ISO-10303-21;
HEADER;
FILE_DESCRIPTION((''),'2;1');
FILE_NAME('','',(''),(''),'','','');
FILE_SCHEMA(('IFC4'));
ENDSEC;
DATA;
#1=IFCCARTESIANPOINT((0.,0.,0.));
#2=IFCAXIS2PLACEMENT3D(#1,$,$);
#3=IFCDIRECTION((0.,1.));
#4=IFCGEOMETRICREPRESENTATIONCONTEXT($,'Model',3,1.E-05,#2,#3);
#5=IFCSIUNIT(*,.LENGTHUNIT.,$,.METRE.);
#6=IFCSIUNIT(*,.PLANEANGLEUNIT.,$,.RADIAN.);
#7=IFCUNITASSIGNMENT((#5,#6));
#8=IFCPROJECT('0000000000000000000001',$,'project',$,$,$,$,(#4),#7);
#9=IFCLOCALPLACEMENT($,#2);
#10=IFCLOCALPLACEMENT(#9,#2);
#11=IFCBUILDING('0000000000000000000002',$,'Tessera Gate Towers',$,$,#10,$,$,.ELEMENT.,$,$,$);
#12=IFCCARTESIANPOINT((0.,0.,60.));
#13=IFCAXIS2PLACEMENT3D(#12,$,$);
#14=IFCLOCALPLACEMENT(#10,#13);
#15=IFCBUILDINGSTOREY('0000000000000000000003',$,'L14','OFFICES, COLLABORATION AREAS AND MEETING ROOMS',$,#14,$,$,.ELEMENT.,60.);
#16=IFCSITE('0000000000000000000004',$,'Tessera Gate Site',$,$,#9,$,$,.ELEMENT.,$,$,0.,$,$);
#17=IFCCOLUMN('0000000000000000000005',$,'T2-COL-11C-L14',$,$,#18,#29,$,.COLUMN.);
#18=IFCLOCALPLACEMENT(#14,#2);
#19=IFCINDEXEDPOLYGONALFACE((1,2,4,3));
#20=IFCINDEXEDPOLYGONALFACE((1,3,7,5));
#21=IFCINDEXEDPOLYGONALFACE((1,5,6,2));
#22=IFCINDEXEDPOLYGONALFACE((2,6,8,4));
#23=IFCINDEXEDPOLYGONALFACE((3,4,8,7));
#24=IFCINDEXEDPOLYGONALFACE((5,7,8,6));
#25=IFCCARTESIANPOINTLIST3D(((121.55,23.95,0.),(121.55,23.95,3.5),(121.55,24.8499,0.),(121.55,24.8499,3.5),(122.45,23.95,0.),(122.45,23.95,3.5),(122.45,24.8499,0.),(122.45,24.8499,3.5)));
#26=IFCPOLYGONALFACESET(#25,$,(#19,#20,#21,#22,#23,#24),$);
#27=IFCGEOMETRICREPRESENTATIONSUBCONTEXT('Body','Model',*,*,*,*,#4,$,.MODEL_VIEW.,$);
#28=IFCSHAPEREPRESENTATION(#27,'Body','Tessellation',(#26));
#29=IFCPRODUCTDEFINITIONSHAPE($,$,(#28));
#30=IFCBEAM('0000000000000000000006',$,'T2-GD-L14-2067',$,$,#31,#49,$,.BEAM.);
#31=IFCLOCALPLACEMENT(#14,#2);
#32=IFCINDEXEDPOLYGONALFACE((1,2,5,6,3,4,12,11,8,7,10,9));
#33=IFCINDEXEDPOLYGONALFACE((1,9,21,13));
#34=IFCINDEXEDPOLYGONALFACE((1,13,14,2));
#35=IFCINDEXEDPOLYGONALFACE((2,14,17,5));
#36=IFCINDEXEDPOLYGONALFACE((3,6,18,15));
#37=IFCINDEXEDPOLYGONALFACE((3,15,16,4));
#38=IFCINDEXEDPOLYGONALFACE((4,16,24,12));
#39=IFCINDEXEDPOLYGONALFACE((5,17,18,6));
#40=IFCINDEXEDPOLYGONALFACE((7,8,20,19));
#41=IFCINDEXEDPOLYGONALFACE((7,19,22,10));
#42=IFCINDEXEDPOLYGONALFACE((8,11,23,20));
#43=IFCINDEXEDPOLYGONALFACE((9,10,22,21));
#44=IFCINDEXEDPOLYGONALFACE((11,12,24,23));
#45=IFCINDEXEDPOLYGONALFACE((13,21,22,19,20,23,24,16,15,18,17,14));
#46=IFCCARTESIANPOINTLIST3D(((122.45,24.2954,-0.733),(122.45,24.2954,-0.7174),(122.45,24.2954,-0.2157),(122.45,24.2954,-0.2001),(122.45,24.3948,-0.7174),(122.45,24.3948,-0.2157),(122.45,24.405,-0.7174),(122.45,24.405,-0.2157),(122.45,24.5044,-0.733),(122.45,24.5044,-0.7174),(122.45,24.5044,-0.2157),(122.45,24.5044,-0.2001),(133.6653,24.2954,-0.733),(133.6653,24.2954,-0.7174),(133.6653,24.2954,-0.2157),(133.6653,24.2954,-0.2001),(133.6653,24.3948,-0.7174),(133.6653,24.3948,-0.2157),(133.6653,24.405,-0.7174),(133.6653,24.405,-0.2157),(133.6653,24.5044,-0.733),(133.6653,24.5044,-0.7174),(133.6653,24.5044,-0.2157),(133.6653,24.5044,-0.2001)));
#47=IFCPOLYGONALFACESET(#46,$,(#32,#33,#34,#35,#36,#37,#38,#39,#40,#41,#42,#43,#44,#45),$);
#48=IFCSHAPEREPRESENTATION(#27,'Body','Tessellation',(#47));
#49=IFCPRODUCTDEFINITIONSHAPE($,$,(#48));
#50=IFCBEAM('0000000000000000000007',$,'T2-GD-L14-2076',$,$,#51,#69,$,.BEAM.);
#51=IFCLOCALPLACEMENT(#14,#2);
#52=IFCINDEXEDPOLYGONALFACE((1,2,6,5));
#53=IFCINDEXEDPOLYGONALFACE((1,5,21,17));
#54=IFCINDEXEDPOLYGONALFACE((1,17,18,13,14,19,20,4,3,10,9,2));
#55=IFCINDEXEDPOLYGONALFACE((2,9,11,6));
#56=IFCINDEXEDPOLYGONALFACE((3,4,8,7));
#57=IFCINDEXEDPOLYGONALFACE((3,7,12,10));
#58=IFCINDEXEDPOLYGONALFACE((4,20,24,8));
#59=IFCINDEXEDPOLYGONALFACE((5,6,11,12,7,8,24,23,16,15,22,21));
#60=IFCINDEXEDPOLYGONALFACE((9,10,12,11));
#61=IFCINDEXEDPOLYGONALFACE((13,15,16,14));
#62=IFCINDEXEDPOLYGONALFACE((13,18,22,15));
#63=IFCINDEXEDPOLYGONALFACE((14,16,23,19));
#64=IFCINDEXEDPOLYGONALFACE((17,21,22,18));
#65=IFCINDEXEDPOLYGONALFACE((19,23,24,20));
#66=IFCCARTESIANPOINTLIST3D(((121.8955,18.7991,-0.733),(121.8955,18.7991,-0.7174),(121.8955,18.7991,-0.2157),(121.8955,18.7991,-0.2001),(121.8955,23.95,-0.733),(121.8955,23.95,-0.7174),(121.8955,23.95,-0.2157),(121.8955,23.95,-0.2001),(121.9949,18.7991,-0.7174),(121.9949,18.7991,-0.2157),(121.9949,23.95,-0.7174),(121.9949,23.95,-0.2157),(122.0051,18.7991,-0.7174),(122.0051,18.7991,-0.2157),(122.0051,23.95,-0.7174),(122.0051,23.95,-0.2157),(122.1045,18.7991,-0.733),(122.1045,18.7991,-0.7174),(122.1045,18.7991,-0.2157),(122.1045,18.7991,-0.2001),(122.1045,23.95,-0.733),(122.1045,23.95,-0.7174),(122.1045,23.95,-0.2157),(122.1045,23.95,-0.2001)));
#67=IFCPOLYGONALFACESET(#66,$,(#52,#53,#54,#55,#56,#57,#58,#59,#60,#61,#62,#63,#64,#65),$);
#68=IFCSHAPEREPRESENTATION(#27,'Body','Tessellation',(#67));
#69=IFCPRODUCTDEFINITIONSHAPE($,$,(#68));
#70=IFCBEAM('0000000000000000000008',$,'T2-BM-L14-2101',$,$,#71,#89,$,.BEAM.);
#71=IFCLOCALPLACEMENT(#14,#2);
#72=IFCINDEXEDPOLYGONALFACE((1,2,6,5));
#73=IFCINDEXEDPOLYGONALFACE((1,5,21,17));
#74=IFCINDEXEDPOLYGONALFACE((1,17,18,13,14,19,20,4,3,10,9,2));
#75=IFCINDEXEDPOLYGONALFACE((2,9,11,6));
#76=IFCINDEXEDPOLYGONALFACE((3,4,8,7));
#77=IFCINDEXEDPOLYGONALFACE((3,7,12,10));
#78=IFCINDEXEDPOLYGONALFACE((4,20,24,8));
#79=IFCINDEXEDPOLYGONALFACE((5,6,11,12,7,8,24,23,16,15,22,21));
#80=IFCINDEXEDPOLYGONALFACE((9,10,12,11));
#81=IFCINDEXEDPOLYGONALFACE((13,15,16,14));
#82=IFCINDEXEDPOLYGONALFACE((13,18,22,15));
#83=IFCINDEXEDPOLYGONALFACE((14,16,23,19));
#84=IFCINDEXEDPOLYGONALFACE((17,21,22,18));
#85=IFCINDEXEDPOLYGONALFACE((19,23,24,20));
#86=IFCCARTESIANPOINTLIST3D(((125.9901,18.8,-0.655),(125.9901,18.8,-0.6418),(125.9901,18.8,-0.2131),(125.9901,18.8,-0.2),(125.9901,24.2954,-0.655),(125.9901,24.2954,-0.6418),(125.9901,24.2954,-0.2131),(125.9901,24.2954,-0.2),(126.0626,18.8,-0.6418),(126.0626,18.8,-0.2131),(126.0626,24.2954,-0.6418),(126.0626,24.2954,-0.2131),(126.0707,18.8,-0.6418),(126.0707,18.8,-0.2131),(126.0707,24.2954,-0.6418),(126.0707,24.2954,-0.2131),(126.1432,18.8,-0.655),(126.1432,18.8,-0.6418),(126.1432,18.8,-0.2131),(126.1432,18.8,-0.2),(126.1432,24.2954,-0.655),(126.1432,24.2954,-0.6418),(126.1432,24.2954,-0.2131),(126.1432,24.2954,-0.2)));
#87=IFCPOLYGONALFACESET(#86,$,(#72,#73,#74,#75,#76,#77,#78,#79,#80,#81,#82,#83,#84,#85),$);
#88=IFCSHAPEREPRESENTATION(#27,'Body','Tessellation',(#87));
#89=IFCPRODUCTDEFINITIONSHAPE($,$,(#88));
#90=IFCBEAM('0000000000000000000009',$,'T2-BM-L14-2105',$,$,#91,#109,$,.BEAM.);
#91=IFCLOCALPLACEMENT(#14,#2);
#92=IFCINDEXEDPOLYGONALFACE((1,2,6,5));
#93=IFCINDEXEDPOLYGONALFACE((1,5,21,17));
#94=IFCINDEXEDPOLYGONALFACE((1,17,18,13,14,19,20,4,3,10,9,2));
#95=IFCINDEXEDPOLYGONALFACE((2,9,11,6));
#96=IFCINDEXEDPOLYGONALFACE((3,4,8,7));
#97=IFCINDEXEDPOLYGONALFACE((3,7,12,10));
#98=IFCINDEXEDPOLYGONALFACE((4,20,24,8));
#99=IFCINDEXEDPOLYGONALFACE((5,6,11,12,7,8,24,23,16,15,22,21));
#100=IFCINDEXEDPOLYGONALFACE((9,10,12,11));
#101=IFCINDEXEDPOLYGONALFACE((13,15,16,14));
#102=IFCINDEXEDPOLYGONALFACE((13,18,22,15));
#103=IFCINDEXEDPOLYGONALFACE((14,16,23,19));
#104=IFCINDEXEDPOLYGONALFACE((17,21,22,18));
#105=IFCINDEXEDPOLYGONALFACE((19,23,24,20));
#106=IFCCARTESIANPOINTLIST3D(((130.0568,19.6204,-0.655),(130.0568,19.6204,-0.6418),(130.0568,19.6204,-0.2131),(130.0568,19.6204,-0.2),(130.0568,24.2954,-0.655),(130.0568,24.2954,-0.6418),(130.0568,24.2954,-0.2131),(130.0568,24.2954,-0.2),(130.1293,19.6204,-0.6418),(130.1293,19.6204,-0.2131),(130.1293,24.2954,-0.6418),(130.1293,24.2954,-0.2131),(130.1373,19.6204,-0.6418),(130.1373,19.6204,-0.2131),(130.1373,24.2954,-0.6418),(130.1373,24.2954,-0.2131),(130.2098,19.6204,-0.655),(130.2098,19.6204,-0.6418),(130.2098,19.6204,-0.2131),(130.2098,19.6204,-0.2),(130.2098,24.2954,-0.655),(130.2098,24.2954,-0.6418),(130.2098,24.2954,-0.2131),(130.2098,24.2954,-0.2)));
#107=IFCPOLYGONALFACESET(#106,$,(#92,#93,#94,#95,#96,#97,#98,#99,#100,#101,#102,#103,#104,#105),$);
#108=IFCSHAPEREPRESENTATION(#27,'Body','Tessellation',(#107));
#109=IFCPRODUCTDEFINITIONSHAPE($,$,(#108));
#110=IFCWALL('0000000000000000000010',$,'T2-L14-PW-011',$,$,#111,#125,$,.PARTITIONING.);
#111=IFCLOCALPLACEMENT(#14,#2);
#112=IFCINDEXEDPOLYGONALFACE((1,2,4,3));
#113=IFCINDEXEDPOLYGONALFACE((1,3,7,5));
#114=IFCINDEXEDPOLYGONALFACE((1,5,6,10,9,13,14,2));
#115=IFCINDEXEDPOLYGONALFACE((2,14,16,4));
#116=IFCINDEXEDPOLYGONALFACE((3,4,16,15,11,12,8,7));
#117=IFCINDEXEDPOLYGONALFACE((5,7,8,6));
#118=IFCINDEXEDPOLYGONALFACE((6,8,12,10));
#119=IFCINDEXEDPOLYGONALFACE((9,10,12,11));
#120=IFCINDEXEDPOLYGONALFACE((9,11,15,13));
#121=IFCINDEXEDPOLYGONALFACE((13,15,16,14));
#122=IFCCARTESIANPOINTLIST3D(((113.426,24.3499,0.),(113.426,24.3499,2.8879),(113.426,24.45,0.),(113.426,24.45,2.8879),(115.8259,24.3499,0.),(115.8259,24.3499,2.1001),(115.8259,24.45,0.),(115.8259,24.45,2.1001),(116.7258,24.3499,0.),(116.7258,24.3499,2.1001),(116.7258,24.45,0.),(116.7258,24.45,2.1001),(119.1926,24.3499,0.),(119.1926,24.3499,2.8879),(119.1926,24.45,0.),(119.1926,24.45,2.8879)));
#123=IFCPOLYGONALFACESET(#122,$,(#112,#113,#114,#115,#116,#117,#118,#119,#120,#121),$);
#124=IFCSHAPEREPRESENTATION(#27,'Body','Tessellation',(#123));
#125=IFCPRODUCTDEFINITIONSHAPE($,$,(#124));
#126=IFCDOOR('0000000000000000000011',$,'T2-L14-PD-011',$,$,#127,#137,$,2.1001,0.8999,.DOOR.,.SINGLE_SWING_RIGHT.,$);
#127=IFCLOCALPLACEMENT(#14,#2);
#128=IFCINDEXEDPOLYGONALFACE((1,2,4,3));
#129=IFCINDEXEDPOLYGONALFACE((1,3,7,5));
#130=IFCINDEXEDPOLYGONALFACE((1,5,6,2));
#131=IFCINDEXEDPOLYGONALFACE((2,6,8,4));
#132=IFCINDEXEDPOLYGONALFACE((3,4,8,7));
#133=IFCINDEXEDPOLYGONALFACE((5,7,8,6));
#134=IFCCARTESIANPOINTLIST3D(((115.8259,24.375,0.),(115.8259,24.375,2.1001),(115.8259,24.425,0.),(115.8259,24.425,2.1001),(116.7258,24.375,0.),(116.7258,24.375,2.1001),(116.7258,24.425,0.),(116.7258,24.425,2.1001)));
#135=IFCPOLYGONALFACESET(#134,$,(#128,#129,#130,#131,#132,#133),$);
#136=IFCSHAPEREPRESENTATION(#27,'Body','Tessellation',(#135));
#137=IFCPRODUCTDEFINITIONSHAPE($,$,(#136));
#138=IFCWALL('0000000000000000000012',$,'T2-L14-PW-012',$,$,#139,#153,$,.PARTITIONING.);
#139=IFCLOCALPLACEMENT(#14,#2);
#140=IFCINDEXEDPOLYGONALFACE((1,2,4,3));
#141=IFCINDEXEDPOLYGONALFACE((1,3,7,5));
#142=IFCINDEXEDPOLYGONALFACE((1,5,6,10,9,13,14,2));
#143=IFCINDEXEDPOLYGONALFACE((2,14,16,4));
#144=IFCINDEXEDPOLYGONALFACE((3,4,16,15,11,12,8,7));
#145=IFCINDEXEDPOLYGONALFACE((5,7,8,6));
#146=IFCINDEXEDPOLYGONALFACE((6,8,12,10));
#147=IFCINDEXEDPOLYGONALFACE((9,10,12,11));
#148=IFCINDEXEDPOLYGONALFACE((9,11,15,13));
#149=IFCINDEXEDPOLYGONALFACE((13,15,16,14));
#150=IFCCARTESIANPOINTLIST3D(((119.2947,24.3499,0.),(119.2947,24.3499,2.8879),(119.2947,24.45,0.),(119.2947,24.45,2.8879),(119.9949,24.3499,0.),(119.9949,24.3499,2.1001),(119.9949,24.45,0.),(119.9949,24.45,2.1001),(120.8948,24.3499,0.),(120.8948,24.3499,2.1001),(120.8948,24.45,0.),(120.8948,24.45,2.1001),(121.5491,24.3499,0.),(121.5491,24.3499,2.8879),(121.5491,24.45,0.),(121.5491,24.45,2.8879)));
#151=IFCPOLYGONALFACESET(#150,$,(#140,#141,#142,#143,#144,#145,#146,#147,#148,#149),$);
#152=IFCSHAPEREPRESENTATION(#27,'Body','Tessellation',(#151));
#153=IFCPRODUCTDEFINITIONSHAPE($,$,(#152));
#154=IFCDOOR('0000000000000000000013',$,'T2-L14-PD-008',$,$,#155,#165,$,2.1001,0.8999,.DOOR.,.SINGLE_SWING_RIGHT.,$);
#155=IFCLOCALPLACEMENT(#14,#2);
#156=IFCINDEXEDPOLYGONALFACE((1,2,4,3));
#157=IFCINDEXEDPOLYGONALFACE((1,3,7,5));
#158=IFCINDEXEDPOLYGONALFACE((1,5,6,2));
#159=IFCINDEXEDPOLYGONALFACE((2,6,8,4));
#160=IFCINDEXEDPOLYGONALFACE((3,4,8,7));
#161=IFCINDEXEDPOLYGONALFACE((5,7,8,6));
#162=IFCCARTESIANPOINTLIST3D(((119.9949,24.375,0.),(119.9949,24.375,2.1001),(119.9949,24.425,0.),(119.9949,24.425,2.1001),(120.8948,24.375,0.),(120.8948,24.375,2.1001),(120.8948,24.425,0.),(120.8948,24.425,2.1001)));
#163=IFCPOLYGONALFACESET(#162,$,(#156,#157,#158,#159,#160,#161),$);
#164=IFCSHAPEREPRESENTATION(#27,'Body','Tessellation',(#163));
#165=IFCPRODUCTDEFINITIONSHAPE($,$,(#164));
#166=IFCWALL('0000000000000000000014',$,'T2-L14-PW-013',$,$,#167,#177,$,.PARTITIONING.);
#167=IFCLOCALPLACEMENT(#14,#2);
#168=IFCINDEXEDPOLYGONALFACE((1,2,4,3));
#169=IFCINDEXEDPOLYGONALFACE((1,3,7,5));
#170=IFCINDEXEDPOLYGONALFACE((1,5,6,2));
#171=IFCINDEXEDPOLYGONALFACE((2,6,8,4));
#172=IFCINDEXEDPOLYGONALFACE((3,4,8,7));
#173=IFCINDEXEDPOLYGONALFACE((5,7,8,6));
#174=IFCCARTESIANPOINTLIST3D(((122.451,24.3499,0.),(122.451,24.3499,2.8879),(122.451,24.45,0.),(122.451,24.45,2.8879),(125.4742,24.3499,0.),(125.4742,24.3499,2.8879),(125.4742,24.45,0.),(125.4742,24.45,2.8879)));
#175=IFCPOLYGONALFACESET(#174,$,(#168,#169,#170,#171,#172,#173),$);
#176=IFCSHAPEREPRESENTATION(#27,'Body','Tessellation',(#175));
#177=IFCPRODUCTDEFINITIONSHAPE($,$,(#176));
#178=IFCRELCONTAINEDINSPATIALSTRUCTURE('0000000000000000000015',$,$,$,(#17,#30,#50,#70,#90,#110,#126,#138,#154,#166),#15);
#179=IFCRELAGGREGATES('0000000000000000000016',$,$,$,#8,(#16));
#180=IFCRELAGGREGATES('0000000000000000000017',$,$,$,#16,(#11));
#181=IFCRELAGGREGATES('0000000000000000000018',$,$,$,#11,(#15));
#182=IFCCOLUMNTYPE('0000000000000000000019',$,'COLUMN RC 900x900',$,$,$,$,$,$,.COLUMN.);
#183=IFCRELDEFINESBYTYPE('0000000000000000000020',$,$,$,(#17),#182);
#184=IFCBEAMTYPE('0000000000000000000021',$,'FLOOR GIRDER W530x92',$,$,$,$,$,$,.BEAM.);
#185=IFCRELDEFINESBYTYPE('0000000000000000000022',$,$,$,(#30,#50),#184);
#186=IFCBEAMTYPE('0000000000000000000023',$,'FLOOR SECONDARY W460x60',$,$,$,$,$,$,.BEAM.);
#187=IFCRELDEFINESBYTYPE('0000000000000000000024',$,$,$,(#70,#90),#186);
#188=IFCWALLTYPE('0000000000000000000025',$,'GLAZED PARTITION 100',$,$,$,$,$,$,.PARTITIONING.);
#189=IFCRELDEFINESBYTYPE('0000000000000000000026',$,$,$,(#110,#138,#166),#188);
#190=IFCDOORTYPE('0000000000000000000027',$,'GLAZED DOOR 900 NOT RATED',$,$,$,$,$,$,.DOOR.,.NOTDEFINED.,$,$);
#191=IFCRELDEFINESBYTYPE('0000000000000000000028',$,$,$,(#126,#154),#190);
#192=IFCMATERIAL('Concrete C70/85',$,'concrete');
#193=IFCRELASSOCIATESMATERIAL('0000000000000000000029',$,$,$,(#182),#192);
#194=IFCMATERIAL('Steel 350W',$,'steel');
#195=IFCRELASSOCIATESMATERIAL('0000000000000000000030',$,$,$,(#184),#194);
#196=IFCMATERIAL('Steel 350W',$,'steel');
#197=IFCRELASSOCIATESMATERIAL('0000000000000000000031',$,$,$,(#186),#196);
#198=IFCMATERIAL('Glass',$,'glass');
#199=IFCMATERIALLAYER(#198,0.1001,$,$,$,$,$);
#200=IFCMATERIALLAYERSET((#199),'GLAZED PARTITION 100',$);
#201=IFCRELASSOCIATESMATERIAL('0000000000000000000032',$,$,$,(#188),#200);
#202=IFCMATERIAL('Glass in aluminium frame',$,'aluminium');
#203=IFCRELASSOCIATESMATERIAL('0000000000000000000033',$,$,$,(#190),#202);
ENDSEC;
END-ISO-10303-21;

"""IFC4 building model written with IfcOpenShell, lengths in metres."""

from ifc_helpers import new_model, si_unit, direction, frame, frame_2d, origin, origin_2d, place, context, subcontext, project, spatial, rectangle, i_section, extrude, source, transform, mapped, material, layer, layer_set, material_profile, profile_set, type_object, element, fill, save


model = new_model("IFC4")

# Units and contexts
model_context = context("Model", 3, precision=1e-05, world=origin(), true_north=direction((0.0, 1.0)))
body_context = subcontext(model_context, "Body", "Model", "MODEL_VIEW")
ifc_project = project(units=[si_unit("LENGTHUNIT", "METRE"), si_unit("PLANEANGLEUNIT", "RADIAN")], contexts=[model_context])

# Site, building, storey
site_placement = place(None, origin())
site = spatial("IfcSite", under=ifc_project, at=site_placement, Name="Tessera Gate Site", CompositionType="ELEMENT", RefElevation=0.0)
building_placement = place(site_placement, origin())
building = spatial("IfcBuilding", under=site, at=building_placement, Name="Tessera Gate Towers", CompositionType="ELEMENT")
storey_placement = place(building_placement, frame((0.0, 0.0, 60.0)))
storey = spatial("IfcBuildingStorey", under=building, at=storey_placement, Name="L14", Description="OFFICES, COLLABORATION AREAS AND MEETING ROOMS", CompositionType="ELEMENT", Elevation=60.0)

# Column
ifc_material_1 = material(Name="Concrete C70/85", Category="concrete")
ifc_material_profile_1 = material_profile(ifc_material_1, rectangle(XDim=0.8999, YDim=0.8999, at=origin_2d()), Name="RC 900x900")
ifc_profile_set_1 = profile_set([ifc_material_profile_1], Name="Concrete C70/85")
column_type = type_object("IfcColumnType", Name="COLUMN RC 900x900", PredefinedType="COLUMN", material=ifc_profile_set_1)
column_placement = place(storey_placement, frame((122.0, 24.3999, 0.0), z_axis=(0.0, 0.0, 1.0), x_axis=(1.0, 0.0, 0.0)))
element("IfcColumn", 1, at=column_placement, inside=storey, type_object=column_type, Name="T2-COL-11C-L14", PredefinedType="COLUMN", context=body_context, shape_type="SweptSolid", body=[
    extrude(rectangle(XDim=0.8999, YDim=0.8999, at=origin_2d()), origin(), (0.0, 0.0, 1.0), 3.5),
])

# Beams
ifc_material_2 = material(Name="Steel 350W", Category="steel")
ifc_material_profile_2 = material_profile(ifc_material_2, i_section(OverallWidth=0.209, OverallDepth=0.533, WebThickness=0.0103, FlangeThickness=0.0156, at=origin_2d()), Name="W530x92")
ifc_profile_set_2 = profile_set([ifc_material_profile_2], Name="Steel 350W")
beam_type_1 = type_object("IfcBeamType", Name="FLOOR GIRDER W530x92", PredefinedType="BEAM", material=ifc_profile_set_2)
beam_1_placement = place(storey_placement, frame((122.45, 24.3999, -0.4666), z_axis=(1.0, 0.0, 0.0), x_axis=(0.0, 1.0, 0.0)))
element("IfcBeam", 2, at=beam_1_placement, inside=storey, type_object=beam_type_1, Name="T2-GD-L14-2067", PredefinedType="BEAM", context=body_context, shape_type="SweptSolid", body=[
    extrude(i_section(OverallWidth=0.209, OverallDepth=0.533, WebThickness=0.0103, FlangeThickness=0.0156, at=origin_2d()), origin(), (0.0, 0.0, 1.0), 11.2153),
])
beam_2_placement = place(storey_placement, frame((122.0, 18.7991, -0.4666), z_axis=(0.0, 1.0, 0.0), x_axis=(-1.0, 0.0, 0.0)))
element("IfcBeam", 3, at=beam_2_placement, inside=storey, type_object=beam_type_1, Name="T2-GD-L14-2076", PredefinedType="BEAM", context=body_context, shape_type="SweptSolid", body=[
    extrude(i_section(OverallWidth=0.209, OverallDepth=0.533, WebThickness=0.0103, FlangeThickness=0.0156, at=origin_2d()), origin(), (0.0, 0.0, 1.0), 5.1509),
])
ifc_material_3 = material(Name="Steel 350W", Category="steel")
ifc_material_profile_3 = material_profile(ifc_material_3, i_section(OverallWidth=0.1531, OverallDepth=0.4551, WebThickness=0.0081, FlangeThickness=0.0132, at=origin_2d()), Name="W460x60")
ifc_profile_set_3 = profile_set([ifc_material_profile_3], Name="Steel 350W")
beam_type_2 = type_object("IfcBeamType", Name="FLOOR SECONDARY W460x60", PredefinedType="BEAM", material=ifc_profile_set_3)
beam_3_placement = place(storey_placement, frame((126.0667, 18.8, -0.4275), z_axis=(0.0, 1.0, 0.0), x_axis=(-1.0, 0.0, 0.0)))
element("IfcBeam", 4, at=beam_3_placement, inside=storey, type_object=beam_type_2, Name="T2-BM-L14-2101", PredefinedType="BEAM", context=body_context, shape_type="SweptSolid", body=[
    extrude(i_section(OverallWidth=0.1531, OverallDepth=0.4551, WebThickness=0.0081, FlangeThickness=0.0132, at=origin_2d()), origin(), (0.0, 0.0, 1.0), 5.4954),
])
beam_4_placement = place(storey_placement, frame((130.1333, 19.6204, -0.4275), z_axis=(0.0, 1.0, 0.0), x_axis=(-1.0, 0.0, 0.0)))
element("IfcBeam", 5, at=beam_4_placement, inside=storey, type_object=beam_type_2, Name="T2-BM-L14-2105", PredefinedType="BEAM", context=body_context, shape_type="SweptSolid", body=[
    extrude(i_section(OverallWidth=0.1531, OverallDepth=0.4551, WebThickness=0.0081, FlangeThickness=0.0132, at=origin_2d()), origin(), (0.0, 0.0, 1.0), 4.675),
])

# Walls, openings, doors
ifc_material_4 = material(Name="Glass", Category="glass")
ifc_layer_1 = layer(ifc_material_4, 0.1001)
ifc_layer_set_1 = layer_set([ifc_layer_1], Name="GLAZED PARTITION 100")
wall_type_1 = type_object("IfcWallType", Name="GLAZED PARTITION 100", PredefinedType="PARTITIONING", material=ifc_layer_set_1)
wall_1_placement = place(storey_placement, frame((119.1926, 24.3999, 0.0), z_axis=(0.0, 0.0, 1.0), x_axis=(-1.0, 0.0, 0.0)))
wall_1 = element("IfcWall", 6, at=wall_1_placement, inside=storey, type_object=wall_type_1, Name="T2-L14-PW-011", PredefinedType="PARTITIONING", context=body_context, shape_type="SweptSolid", body=[
    extrude(rectangle(XDim=5.7666, YDim=0.1001, at=frame_2d((2.8833, 0.0))), origin(), (0.0, 0.0, 1.0), 2.8879),
])
shared_shape_1 = source(origin(), body_context, "Body", "SweptSolid", [
    extrude(rectangle(XDim=0.8999, YDim=2.1001, at=frame_2d((0.45, 1.05))), frame((0.0, 0.0601, 0.0), z_axis=(0.0, -1.0, 0.0), x_axis=(1.0, 0.0, 0.0)), (0.0, 0.0, 1.0), 0.1201),
])
opening_1_placement = place(wall_1_placement, frame((2.4668, 0.0, 0.0)))
opening_1 = element("IfcOpeningElement", 7, at=opening_1_placement, cuts=wall_1, PredefinedType="OPENING", context=body_context, shape_type="MappedRepresentation", body=[
    mapped(shared_shape_1, transform((0.0, 0.0, 0.0), scale=1.0)),
])
ifc_material_5 = material(Name="Glass in aluminium frame", Category="aluminium")
door_type = type_object("IfcDoorType", Name="GLAZED DOOR 900 NOT RATED", OperationType="NOTDEFINED", PredefinedType="DOOR", material=ifc_material_5)
shared_shape_2 = source(origin(), body_context, "Body", "SweptSolid", [
    extrude(rectangle(XDim=0.8999, YDim=2.1001, at=frame_2d((0.45, 1.05))), frame((0.0, 0.0249, 0.0), z_axis=(0.0, -1.0, 0.0), x_axis=(1.0, 0.0, 0.0)), (0.0, 0.0, 1.0), 0.05),
])
door_1_placement = place(opening_1_placement, origin())
door_1 = element("IfcDoor", 8, at=door_1_placement, inside=storey, type_object=door_type, Name="T2-L14-PD-011", OperationType="SINGLE_SWING_RIGHT", OverallHeight=2.1001, OverallWidth=0.8999, PredefinedType="DOOR", context=body_context, shape_type="MappedRepresentation", body=[
    mapped(shared_shape_2, transform((0.0, 0.0, 0.0), scale=1.0)),
])
fill(opening_1, door_1)
wall_2_placement = place(storey_placement, frame((121.5491, 24.3999, 0.0), z_axis=(0.0, 0.0, 1.0), x_axis=(-1.0, 0.0, 0.0)))
wall_2 = element("IfcWall", 9, at=wall_2_placement, inside=storey, type_object=wall_type_1, Name="T2-L14-PW-012", PredefinedType="PARTITIONING", context=body_context, shape_type="SweptSolid", body=[
    extrude(rectangle(XDim=2.2544, YDim=0.1001, at=frame_2d((1.1272, 0.0))), origin(), (0.0, 0.0, 1.0), 2.8879),
])
opening_2_placement = place(wall_2_placement, frame((0.6543, 0.0, 0.0)))
opening_2 = element("IfcOpeningElement", 10, at=opening_2_placement, cuts=wall_2, PredefinedType="OPENING", context=body_context, shape_type="MappedRepresentation", body=[
    mapped(shared_shape_1, transform((0.0, 0.0, 0.0), scale=1.0)),
])
door_2_placement = place(opening_2_placement, origin())
door_2 = element("IfcDoor", 11, at=door_2_placement, inside=storey, type_object=door_type, Name="T2-L14-PD-008", OperationType="SINGLE_SWING_RIGHT", OverallHeight=2.1001, OverallWidth=0.8999, PredefinedType="DOOR", context=body_context, shape_type="MappedRepresentation", body=[
    mapped(shared_shape_2, transform((0.0, 0.0, 0.0), scale=1.0)),
])
fill(opening_2, door_2)

# Wall
wall_3_placement = place(storey_placement, frame((122.4509, 24.3999, 0.0), z_axis=(0.0, 0.0, 1.0), x_axis=(1.0, 0.0, 0.0)))
element("IfcWall", 12, at=wall_3_placement, inside=storey, type_object=wall_type_1, Name="T2-L14-PW-013", PredefinedType="PARTITIONING", context=body_context, shape_type="SweptSolid", body=[
    extrude(rectangle(XDim=3.0232, YDim=0.1001, at=frame_2d((1.5117, 0.0))), origin(), (0.0, 0.0, 1.0), 2.8879),
])

save(model, "model.ifc")
